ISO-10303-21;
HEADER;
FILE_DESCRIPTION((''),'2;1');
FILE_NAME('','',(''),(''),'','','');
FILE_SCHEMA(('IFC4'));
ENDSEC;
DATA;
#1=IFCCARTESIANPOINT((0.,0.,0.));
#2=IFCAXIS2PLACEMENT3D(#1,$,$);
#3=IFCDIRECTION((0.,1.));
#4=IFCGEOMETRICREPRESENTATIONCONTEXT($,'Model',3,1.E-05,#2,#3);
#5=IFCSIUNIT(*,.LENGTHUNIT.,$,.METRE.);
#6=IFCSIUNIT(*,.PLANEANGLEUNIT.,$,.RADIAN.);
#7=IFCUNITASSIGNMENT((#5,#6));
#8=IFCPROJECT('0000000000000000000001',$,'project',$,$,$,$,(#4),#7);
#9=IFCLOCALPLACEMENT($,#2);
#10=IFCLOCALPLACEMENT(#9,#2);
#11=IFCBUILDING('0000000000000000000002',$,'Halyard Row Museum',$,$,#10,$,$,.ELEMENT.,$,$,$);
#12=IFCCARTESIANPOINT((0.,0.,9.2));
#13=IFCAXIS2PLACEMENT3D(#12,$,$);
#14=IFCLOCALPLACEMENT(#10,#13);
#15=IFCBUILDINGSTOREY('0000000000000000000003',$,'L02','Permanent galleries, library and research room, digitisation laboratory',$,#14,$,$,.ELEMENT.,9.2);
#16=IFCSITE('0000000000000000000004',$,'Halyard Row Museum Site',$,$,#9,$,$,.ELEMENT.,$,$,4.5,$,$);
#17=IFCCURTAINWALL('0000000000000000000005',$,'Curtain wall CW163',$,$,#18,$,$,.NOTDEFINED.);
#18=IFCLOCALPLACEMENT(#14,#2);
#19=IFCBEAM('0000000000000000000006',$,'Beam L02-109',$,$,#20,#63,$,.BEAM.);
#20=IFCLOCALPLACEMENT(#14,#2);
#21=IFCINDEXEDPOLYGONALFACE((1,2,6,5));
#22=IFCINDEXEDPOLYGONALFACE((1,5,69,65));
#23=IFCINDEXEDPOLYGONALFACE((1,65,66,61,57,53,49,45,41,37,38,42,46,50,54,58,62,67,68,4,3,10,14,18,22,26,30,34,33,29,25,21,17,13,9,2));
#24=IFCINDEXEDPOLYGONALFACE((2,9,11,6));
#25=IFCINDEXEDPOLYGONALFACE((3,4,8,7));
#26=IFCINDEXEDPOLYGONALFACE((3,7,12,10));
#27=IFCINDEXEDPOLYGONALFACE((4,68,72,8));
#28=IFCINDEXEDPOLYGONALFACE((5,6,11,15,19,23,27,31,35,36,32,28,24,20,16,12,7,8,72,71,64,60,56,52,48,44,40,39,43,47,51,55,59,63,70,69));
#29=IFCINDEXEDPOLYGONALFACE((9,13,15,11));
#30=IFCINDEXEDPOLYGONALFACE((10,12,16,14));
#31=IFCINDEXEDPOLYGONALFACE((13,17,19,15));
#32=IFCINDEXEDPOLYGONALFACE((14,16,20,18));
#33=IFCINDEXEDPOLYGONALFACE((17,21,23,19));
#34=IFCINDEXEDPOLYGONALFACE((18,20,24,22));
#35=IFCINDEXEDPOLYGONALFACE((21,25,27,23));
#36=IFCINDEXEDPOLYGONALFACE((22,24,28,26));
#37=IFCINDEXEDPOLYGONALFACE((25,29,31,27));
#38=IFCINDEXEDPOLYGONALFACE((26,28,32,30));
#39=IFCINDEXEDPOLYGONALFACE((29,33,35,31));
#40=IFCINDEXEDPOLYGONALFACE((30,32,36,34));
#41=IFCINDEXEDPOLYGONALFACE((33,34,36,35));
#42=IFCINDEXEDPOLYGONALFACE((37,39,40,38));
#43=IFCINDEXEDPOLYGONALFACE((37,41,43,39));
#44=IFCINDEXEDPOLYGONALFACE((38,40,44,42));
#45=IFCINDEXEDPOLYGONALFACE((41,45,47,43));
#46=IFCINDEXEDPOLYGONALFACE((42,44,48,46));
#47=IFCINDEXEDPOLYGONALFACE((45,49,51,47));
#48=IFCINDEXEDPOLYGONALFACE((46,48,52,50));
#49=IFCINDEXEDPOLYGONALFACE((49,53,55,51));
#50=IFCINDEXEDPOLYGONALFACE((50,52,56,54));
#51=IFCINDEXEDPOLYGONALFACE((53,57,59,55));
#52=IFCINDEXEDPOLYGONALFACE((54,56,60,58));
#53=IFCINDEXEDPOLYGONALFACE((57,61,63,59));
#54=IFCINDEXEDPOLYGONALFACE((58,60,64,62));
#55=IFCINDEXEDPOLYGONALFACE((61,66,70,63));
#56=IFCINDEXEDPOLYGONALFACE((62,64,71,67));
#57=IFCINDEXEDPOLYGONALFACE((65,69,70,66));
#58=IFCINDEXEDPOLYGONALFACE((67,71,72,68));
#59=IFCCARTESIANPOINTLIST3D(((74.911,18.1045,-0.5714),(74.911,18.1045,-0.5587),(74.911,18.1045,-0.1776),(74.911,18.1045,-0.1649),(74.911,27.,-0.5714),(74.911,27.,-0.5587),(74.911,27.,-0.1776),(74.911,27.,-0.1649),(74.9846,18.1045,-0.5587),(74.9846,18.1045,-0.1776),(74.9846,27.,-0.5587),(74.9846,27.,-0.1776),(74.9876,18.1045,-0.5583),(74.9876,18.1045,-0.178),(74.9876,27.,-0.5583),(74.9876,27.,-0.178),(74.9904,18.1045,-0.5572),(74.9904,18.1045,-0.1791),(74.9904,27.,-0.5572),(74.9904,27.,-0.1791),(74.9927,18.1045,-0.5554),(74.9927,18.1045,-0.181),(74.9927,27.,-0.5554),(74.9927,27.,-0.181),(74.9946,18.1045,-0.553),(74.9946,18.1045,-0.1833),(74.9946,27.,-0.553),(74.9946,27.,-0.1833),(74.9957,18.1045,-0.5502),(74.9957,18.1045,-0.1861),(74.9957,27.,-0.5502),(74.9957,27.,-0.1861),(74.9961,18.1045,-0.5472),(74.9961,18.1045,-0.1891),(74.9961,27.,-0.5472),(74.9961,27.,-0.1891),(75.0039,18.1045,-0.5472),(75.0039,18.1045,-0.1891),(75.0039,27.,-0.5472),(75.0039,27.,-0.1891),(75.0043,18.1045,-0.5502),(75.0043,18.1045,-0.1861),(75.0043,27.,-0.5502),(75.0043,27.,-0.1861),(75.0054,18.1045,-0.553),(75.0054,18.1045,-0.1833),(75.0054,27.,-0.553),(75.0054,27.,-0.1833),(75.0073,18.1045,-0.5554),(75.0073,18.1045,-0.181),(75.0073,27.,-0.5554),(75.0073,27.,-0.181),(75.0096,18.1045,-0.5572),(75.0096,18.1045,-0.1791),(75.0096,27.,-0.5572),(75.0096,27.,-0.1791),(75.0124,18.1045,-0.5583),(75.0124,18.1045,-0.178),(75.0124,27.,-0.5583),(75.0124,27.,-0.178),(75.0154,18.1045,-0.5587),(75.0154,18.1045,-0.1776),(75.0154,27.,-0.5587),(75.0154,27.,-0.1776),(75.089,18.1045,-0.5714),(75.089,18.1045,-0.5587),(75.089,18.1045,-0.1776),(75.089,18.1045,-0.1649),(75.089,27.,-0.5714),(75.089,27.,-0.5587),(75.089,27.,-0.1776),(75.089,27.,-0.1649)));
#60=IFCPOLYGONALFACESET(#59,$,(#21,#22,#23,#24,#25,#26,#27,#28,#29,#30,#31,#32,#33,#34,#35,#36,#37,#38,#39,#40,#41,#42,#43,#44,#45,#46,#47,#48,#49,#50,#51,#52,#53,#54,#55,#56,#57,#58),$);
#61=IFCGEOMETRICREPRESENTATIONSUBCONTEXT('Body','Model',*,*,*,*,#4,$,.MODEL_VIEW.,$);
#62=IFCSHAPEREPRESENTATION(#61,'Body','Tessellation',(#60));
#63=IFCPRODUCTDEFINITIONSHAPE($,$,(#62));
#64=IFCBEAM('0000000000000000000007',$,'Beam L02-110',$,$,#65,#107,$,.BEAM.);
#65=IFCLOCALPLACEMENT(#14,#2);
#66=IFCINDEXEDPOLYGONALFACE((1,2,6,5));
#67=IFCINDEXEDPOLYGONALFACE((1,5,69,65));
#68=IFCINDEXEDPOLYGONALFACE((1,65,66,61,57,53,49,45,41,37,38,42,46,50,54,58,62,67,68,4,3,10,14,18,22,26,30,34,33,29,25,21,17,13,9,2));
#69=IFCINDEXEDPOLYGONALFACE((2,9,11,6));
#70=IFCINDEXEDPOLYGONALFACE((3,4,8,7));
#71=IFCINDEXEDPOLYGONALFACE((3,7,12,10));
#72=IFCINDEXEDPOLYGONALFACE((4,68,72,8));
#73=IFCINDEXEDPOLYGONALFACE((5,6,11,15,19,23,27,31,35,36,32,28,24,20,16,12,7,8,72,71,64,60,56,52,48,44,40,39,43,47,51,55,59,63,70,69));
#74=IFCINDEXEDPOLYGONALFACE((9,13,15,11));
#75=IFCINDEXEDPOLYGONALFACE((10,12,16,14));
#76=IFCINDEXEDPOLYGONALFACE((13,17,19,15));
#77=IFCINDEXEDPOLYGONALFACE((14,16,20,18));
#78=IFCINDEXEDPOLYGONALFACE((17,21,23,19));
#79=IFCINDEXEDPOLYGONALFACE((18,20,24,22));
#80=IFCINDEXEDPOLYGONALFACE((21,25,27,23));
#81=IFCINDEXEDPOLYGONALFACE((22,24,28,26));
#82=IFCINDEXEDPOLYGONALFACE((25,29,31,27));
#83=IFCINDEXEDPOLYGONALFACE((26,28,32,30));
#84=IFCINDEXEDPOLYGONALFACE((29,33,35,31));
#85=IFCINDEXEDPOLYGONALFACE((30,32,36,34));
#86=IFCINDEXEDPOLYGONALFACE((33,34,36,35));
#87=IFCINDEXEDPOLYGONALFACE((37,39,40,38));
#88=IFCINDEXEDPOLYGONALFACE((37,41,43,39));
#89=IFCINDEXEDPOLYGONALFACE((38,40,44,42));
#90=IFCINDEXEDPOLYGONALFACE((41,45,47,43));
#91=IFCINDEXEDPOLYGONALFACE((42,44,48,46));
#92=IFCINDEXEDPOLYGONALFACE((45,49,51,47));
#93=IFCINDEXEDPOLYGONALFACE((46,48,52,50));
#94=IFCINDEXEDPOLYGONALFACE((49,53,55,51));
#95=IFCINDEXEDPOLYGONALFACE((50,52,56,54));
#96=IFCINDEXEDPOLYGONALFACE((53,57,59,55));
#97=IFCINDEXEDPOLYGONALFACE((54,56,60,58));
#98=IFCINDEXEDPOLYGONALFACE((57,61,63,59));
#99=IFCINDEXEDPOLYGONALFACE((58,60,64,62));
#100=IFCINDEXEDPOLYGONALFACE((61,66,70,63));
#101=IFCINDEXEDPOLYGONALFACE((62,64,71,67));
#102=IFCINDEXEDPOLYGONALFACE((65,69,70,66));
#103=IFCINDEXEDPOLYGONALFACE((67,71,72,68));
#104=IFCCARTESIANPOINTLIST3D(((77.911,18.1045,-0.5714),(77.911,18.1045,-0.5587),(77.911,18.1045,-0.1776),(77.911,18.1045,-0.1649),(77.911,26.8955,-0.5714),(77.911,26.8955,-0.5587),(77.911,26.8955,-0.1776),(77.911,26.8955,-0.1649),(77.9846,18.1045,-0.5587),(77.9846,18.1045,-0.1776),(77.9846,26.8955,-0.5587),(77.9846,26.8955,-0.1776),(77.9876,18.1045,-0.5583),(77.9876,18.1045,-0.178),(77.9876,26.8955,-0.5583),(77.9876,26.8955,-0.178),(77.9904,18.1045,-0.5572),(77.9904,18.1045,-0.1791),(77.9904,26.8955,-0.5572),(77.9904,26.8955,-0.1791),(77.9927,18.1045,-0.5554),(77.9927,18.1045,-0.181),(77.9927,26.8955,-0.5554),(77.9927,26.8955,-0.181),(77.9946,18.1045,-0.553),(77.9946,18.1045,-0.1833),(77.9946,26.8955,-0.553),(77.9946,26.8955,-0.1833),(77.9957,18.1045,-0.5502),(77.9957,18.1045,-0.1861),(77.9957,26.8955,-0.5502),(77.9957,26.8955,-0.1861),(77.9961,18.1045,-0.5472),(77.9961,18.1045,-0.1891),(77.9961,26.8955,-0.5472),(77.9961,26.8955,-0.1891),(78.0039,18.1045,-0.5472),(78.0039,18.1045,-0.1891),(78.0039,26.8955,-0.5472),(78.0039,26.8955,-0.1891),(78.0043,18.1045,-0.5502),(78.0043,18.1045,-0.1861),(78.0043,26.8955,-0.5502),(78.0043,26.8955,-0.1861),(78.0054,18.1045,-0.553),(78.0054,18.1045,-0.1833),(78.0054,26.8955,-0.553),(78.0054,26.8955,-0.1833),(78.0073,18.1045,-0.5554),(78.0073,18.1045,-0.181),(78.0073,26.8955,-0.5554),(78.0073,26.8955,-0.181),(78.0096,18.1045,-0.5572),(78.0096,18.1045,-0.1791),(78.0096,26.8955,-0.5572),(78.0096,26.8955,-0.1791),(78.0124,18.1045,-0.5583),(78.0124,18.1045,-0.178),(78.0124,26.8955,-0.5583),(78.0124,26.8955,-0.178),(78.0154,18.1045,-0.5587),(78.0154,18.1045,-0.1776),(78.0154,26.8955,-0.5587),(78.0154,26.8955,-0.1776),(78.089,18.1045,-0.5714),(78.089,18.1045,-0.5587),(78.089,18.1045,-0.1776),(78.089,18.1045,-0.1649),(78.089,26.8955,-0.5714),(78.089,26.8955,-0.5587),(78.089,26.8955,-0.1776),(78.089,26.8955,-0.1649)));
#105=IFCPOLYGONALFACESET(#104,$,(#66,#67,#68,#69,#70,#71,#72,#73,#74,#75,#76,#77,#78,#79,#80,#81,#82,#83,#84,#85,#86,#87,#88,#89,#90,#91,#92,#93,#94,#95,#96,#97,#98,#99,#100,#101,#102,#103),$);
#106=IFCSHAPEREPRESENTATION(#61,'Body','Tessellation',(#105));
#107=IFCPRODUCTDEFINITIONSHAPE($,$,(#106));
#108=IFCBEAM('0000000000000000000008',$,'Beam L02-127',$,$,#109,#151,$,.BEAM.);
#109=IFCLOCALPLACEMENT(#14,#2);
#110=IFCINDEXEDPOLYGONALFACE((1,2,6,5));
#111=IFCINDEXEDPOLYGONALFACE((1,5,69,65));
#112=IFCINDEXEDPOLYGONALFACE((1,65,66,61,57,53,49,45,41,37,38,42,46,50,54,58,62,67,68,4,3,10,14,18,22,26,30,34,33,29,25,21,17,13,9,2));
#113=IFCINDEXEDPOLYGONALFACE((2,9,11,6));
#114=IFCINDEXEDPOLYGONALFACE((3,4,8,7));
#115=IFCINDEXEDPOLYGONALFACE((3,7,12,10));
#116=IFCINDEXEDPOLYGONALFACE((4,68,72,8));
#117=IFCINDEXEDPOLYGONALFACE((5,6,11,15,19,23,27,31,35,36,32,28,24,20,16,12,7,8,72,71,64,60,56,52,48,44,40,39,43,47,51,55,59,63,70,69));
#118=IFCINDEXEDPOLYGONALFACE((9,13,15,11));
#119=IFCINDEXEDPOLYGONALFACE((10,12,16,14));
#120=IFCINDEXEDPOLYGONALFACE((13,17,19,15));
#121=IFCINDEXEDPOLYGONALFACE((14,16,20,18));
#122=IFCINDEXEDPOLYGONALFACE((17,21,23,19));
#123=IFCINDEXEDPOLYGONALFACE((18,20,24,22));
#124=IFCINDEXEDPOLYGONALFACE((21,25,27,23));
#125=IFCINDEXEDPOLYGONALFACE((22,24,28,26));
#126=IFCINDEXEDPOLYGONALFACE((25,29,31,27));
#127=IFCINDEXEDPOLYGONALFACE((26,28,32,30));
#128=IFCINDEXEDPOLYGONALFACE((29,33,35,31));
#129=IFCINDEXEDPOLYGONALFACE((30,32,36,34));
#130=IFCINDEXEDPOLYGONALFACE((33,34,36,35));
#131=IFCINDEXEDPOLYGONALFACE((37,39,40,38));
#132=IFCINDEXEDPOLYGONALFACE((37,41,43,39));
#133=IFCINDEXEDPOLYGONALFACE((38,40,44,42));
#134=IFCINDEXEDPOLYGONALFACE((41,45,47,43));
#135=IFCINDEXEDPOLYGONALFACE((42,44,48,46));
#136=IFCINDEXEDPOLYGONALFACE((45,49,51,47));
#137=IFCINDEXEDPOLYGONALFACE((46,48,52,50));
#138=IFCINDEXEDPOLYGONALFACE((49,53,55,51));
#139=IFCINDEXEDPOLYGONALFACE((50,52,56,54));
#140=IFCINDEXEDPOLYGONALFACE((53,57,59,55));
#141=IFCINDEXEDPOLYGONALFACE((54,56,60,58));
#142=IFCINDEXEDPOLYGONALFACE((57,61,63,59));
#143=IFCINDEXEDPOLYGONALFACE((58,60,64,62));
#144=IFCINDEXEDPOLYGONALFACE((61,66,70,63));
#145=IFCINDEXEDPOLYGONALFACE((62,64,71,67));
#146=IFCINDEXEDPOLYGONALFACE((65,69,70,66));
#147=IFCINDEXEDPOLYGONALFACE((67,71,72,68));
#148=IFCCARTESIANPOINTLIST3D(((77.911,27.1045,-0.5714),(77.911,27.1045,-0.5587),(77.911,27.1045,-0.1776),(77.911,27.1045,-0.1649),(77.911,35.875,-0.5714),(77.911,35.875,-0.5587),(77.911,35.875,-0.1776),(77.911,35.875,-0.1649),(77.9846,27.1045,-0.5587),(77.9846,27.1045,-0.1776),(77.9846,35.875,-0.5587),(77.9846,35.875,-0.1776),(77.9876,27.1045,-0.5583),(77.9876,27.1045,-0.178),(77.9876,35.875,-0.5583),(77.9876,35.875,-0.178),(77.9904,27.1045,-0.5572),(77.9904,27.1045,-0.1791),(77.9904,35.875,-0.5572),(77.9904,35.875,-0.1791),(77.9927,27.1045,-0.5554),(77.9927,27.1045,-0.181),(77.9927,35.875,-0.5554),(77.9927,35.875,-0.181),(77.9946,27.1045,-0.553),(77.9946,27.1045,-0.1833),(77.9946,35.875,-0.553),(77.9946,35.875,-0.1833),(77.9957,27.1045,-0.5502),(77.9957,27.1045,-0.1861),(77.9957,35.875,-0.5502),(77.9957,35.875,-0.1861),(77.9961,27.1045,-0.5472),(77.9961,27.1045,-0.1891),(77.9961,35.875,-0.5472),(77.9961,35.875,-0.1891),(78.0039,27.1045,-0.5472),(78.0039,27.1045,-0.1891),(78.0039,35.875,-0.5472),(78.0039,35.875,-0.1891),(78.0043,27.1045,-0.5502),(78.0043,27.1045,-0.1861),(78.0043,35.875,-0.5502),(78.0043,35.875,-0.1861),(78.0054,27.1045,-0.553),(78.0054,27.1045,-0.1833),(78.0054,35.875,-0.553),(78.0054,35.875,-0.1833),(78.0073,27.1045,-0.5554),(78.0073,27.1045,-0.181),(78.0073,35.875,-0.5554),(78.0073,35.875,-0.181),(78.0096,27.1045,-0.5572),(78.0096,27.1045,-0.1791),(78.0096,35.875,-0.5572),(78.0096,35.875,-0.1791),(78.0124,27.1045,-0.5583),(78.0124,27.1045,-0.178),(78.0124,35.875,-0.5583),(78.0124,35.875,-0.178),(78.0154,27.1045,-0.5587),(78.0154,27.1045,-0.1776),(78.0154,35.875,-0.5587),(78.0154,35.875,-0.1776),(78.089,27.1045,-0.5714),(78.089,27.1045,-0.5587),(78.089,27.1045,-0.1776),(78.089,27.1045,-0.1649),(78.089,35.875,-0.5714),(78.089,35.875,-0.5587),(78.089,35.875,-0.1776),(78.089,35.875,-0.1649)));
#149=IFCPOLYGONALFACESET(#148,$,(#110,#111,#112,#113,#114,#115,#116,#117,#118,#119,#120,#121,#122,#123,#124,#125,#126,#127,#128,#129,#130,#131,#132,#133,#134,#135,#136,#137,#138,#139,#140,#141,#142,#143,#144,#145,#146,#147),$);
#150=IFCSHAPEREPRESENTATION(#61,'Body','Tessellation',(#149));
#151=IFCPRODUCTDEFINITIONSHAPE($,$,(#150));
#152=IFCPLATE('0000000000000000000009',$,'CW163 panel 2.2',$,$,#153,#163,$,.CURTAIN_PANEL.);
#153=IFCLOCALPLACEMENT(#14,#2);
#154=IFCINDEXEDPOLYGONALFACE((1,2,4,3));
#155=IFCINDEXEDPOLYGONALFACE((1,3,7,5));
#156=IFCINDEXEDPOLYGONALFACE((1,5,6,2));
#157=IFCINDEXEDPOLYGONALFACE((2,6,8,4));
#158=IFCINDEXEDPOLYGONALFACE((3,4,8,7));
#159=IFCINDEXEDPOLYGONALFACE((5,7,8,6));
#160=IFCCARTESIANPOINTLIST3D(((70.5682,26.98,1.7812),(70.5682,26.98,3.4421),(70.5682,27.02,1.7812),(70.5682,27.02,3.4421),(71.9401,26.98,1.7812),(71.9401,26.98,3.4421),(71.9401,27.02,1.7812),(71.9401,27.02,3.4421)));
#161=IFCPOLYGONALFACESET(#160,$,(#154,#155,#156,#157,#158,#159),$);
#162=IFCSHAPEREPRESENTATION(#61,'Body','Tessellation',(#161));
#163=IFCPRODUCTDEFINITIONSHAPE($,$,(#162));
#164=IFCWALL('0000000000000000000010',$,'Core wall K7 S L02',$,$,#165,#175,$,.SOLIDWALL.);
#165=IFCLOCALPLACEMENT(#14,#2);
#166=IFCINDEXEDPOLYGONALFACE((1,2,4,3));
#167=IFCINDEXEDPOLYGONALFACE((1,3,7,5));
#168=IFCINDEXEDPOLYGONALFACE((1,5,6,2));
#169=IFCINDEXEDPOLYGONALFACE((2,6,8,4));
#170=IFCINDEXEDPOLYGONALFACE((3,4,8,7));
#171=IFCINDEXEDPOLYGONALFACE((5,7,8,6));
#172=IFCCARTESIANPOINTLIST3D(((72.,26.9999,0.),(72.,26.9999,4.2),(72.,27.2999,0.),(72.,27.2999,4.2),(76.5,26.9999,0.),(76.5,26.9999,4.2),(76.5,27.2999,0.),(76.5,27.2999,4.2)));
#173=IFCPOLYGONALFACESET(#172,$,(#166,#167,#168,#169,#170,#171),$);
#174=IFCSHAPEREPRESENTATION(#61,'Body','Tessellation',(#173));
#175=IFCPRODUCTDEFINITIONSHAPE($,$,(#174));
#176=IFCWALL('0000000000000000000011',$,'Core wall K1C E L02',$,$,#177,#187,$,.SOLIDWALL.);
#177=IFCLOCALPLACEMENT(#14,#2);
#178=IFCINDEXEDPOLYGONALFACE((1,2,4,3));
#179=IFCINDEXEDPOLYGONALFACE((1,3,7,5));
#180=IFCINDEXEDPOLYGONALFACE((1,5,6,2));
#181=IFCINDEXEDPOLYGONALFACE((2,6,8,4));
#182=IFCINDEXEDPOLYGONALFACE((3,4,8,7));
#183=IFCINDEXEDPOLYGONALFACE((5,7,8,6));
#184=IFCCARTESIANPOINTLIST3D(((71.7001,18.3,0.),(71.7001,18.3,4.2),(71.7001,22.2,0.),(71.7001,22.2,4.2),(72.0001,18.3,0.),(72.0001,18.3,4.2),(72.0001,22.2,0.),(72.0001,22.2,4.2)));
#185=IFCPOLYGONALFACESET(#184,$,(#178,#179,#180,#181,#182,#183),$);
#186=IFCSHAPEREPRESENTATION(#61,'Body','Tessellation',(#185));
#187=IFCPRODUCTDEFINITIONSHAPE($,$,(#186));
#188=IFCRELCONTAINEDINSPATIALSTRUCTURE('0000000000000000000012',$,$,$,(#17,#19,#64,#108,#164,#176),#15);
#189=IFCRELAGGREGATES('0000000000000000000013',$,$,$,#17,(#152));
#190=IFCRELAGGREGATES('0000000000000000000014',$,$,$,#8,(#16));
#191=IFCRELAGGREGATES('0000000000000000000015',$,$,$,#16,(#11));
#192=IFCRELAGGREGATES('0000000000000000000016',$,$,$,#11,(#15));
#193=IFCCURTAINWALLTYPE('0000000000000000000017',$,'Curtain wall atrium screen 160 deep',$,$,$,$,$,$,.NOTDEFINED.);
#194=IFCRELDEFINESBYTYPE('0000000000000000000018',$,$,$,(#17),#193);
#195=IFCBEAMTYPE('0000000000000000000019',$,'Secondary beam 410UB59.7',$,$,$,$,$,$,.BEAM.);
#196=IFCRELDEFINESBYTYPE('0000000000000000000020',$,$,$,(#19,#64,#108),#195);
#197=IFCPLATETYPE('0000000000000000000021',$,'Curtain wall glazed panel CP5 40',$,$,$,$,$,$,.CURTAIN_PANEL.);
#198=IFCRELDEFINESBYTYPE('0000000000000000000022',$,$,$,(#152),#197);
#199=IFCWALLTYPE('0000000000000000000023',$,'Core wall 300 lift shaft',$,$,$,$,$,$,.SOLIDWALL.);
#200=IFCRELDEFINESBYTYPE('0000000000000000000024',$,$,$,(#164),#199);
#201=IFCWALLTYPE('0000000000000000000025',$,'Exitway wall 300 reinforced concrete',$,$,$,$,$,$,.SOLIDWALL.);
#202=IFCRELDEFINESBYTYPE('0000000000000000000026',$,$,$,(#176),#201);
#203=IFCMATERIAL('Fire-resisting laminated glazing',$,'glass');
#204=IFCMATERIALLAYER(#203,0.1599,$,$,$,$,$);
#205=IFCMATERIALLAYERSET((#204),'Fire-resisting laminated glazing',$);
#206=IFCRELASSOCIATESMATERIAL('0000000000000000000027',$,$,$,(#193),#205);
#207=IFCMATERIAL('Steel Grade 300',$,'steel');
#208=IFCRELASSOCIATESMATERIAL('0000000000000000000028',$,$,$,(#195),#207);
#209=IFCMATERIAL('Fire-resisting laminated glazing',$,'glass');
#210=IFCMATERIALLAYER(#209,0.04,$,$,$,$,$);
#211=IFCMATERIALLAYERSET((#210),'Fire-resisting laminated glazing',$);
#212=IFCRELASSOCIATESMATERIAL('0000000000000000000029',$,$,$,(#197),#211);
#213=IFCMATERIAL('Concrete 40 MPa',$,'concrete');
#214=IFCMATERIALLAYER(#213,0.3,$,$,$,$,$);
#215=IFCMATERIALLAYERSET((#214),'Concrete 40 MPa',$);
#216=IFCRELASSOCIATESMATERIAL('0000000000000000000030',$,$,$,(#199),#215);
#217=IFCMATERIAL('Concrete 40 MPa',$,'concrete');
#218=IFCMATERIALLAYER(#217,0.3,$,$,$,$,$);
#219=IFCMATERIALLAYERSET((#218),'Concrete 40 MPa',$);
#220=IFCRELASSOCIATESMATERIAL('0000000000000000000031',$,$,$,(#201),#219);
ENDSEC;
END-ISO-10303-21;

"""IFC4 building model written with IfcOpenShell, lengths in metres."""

from ifc_helpers import new_model, si_unit, direction, frame, frame_2d, origin, origin_2d, place, context, subcontext, project, spatial, rectangle, i_section, extrude, material, layer, layer_set, material_profile, profile_set, type_object, element, aggregate, save


model = new_model("IFC4")

# Units and contexts
model_context = context("Model", 3, precision=1e-05, world=origin(), true_north=direction((0.0, 1.0)))
body_context = subcontext(model_context, "Body", "Model", "MODEL_VIEW")
ifc_project = project(units=[si_unit("LENGTHUNIT", "METRE"), si_unit("PLANEANGLEUNIT", "RADIAN")], contexts=[model_context])

# Site, building, storey
site_placement = place(None, origin())
site = spatial("IfcSite", under=ifc_project, at=site_placement, Name="Halyard Row Museum Site", CompositionType="ELEMENT", RefElevation=4.5)
building_placement = place(site_placement, origin())
building = spatial("IfcBuilding", under=site, at=building_placement, Name="Halyard Row Museum", CompositionType="ELEMENT")
storey_placement = place(building_placement, frame((0.0, 0.0, 9.2)))
storey = spatial("IfcBuildingStorey", under=building, at=storey_placement, Name="L02", Description="Permanent galleries, library and research room, digitisation laboratory", CompositionType="ELEMENT", Elevation=9.2)

# Curtain wall
ifc_material_1 = material(Name="Fire-resisting laminated glazing", Category="glass")
ifc_layer_1 = layer(ifc_material_1, 0.1599)
ifc_layer_set_1 = layer_set([ifc_layer_1], Name="Fire-resisting laminated glazing")
curtain_wall_type = type_object("IfcCurtainWallType", Name="Curtain wall atrium screen 160 deep", PredefinedType="NOTDEFINED", material=ifc_layer_set_1)
curtain_wall_placement = place(storey_placement, origin())
curtain_wall = element("IfcCurtainWall", 1, at=curtain_wall_placement, inside=storey, type_object=curtain_wall_type, Name="Curtain wall CW163", PredefinedType="NOTDEFINED")

# Beams
ifc_material_2 = material(Name="Steel Grade 300", Category="steel")
ifc_material_profile_1 = material_profile(ifc_material_2, i_section(OverallWidth=0.178, OverallDepth=0.4065, WebThickness=0.0078, FlangeThickness=0.0127, FilletRadius=0.0115, at=origin_2d()), Name="410UB59.7")
ifc_profile_set_1 = profile_set([ifc_material_profile_1], Name="Steel Grade 300")
beam_type_1 = type_object("IfcBeamType", Name="Secondary beam 410UB59.7", PredefinedType="BEAM", material=ifc_profile_set_1)
beam_1_placement = place(storey_placement, frame((75.0, 18.1045, -0.3682), z_axis=(0.0, 1.0, 0.0), x_axis=(-1.0, 0.0, 0.0)))
element("IfcBeam", 2, at=beam_1_placement, inside=storey, type_object=beam_type_1, Name="Beam L02-109", PredefinedType="BEAM", context=body_context, shape_type="SweptSolid", body=[
    extrude(i_section(OverallWidth=0.178, OverallDepth=0.4065, WebThickness=0.0078, FlangeThickness=0.0127, FilletRadius=0.0115, at=origin_2d()), origin(), (0.0, 0.0, 1.0), 8.8955),
])
beam_2_placement = place(storey_placement, frame((78.0, 18.1045, -0.3682), z_axis=(0.0, 1.0, 0.0), x_axis=(-1.0, 0.0, 0.0)))
element("IfcBeam", 3, at=beam_2_placement, inside=storey, type_object=beam_type_1, Name="Beam L02-110", PredefinedType="BEAM", context=body_context, shape_type="SweptSolid", body=[
    extrude(i_section(OverallWidth=0.178, OverallDepth=0.4065, WebThickness=0.0078, FlangeThickness=0.0127, FilletRadius=0.0115, at=origin_2d()), origin(), (0.0, 0.0, 1.0), 8.791),
])
beam_3_placement = place(storey_placement, frame((78.0, 27.1045, -0.3682), z_axis=(0.0, 1.0, 0.0), x_axis=(-1.0, 0.0, 0.0)))
element("IfcBeam", 4, at=beam_3_placement, inside=storey, type_object=beam_type_1, Name="Beam L02-127", PredefinedType="BEAM", context=body_context, shape_type="SweptSolid", body=[
    extrude(i_section(OverallWidth=0.178, OverallDepth=0.4065, WebThickness=0.0078, FlangeThickness=0.0127, FilletRadius=0.0115, at=origin_2d()), origin(), (0.0, 0.0, 1.0), 8.7705),
])

# Plate
ifc_material_3 = material(Name="Fire-resisting laminated glazing", Category="glass")
ifc_layer_2 = layer(ifc_material_3, 0.04)
ifc_layer_set_2 = layer_set([ifc_layer_2], Name="Fire-resisting laminated glazing")
plate_type = type_object("IfcPlateType", Name="Curtain wall glazed panel CP5 40", PredefinedType="CURTAIN_PANEL", material=ifc_layer_set_2)
plate_placement = place(storey_placement, frame((71.2542, 27.0, 1.7812), z_axis=(0.0, 0.0, 1.0), x_axis=(1.0, 0.0, 0.0)))
plate = element("IfcPlate", 5, at=plate_placement, type_object=plate_type, Name="CW163 panel 2.2", PredefinedType="CURTAIN_PANEL", context=body_context, shape_type="SweptSolid", body=[
    extrude(rectangle(XDim=1.3718, YDim=0.04, at=origin_2d()), origin(), (0.0, 0.0, 1.0), 1.6609),
])
aggregate(curtain_wall, [plate])

# Walls
ifc_material_4 = material(Name="Concrete 40 MPa", Category="concrete")
ifc_layer_3 = layer(ifc_material_4, 0.3)
ifc_layer_set_3 = layer_set([ifc_layer_3], Name="Concrete 40 MPa")
wall_type_1 = type_object("IfcWallType", Name="Core wall 300 lift shaft", PredefinedType="SOLIDWALL", material=ifc_layer_set_3)
wall_1_placement = place(storey_placement, frame((72.0, 27.1499, 0.0), z_axis=(0.0, 0.0, 1.0), x_axis=(1.0, 0.0, 0.0)))
element("IfcWall", 6, at=wall_1_placement, inside=storey, type_object=wall_type_1, Name="Core wall K7 S L02", PredefinedType="SOLIDWALL", context=body_context, shape_type="SweptSolid", body=[
    extrude(rectangle(XDim=4.5, YDim=0.3, at=frame_2d((2.25, 0.0))), origin(), (0.0, 0.0, 1.0), 4.2),
])
ifc_material_5 = material(Name="Concrete 40 MPa", Category="concrete")
ifc_layer_4 = layer(ifc_material_5, 0.3)
ifc_layer_set_4 = layer_set([ifc_layer_4], Name="Concrete 40 MPa")
wall_type_2 = type_object("IfcWallType", Name="Exitway wall 300 reinforced concrete", PredefinedType="SOLIDWALL", material=ifc_layer_set_4)
wall_2_placement = place(storey_placement, frame((71.8501, 18.3, 0.0), z_axis=(0.0, 0.0, 1.0), x_axis=(0.0, 1.0, 0.0)))
element("IfcWall", 7, at=wall_2_placement, inside=storey, type_object=wall_type_2, Name="Core wall K1C E L02", PredefinedType="SOLIDWALL", context=body_context, shape_type="SweptSolid", body=[
    extrude(rectangle(XDim=3.8999, YDim=0.3, at=frame_2d((1.95, 0.0))), origin(), (0.0, 0.0, 1.0), 4.2),
])

save(model, "model.ifc")
